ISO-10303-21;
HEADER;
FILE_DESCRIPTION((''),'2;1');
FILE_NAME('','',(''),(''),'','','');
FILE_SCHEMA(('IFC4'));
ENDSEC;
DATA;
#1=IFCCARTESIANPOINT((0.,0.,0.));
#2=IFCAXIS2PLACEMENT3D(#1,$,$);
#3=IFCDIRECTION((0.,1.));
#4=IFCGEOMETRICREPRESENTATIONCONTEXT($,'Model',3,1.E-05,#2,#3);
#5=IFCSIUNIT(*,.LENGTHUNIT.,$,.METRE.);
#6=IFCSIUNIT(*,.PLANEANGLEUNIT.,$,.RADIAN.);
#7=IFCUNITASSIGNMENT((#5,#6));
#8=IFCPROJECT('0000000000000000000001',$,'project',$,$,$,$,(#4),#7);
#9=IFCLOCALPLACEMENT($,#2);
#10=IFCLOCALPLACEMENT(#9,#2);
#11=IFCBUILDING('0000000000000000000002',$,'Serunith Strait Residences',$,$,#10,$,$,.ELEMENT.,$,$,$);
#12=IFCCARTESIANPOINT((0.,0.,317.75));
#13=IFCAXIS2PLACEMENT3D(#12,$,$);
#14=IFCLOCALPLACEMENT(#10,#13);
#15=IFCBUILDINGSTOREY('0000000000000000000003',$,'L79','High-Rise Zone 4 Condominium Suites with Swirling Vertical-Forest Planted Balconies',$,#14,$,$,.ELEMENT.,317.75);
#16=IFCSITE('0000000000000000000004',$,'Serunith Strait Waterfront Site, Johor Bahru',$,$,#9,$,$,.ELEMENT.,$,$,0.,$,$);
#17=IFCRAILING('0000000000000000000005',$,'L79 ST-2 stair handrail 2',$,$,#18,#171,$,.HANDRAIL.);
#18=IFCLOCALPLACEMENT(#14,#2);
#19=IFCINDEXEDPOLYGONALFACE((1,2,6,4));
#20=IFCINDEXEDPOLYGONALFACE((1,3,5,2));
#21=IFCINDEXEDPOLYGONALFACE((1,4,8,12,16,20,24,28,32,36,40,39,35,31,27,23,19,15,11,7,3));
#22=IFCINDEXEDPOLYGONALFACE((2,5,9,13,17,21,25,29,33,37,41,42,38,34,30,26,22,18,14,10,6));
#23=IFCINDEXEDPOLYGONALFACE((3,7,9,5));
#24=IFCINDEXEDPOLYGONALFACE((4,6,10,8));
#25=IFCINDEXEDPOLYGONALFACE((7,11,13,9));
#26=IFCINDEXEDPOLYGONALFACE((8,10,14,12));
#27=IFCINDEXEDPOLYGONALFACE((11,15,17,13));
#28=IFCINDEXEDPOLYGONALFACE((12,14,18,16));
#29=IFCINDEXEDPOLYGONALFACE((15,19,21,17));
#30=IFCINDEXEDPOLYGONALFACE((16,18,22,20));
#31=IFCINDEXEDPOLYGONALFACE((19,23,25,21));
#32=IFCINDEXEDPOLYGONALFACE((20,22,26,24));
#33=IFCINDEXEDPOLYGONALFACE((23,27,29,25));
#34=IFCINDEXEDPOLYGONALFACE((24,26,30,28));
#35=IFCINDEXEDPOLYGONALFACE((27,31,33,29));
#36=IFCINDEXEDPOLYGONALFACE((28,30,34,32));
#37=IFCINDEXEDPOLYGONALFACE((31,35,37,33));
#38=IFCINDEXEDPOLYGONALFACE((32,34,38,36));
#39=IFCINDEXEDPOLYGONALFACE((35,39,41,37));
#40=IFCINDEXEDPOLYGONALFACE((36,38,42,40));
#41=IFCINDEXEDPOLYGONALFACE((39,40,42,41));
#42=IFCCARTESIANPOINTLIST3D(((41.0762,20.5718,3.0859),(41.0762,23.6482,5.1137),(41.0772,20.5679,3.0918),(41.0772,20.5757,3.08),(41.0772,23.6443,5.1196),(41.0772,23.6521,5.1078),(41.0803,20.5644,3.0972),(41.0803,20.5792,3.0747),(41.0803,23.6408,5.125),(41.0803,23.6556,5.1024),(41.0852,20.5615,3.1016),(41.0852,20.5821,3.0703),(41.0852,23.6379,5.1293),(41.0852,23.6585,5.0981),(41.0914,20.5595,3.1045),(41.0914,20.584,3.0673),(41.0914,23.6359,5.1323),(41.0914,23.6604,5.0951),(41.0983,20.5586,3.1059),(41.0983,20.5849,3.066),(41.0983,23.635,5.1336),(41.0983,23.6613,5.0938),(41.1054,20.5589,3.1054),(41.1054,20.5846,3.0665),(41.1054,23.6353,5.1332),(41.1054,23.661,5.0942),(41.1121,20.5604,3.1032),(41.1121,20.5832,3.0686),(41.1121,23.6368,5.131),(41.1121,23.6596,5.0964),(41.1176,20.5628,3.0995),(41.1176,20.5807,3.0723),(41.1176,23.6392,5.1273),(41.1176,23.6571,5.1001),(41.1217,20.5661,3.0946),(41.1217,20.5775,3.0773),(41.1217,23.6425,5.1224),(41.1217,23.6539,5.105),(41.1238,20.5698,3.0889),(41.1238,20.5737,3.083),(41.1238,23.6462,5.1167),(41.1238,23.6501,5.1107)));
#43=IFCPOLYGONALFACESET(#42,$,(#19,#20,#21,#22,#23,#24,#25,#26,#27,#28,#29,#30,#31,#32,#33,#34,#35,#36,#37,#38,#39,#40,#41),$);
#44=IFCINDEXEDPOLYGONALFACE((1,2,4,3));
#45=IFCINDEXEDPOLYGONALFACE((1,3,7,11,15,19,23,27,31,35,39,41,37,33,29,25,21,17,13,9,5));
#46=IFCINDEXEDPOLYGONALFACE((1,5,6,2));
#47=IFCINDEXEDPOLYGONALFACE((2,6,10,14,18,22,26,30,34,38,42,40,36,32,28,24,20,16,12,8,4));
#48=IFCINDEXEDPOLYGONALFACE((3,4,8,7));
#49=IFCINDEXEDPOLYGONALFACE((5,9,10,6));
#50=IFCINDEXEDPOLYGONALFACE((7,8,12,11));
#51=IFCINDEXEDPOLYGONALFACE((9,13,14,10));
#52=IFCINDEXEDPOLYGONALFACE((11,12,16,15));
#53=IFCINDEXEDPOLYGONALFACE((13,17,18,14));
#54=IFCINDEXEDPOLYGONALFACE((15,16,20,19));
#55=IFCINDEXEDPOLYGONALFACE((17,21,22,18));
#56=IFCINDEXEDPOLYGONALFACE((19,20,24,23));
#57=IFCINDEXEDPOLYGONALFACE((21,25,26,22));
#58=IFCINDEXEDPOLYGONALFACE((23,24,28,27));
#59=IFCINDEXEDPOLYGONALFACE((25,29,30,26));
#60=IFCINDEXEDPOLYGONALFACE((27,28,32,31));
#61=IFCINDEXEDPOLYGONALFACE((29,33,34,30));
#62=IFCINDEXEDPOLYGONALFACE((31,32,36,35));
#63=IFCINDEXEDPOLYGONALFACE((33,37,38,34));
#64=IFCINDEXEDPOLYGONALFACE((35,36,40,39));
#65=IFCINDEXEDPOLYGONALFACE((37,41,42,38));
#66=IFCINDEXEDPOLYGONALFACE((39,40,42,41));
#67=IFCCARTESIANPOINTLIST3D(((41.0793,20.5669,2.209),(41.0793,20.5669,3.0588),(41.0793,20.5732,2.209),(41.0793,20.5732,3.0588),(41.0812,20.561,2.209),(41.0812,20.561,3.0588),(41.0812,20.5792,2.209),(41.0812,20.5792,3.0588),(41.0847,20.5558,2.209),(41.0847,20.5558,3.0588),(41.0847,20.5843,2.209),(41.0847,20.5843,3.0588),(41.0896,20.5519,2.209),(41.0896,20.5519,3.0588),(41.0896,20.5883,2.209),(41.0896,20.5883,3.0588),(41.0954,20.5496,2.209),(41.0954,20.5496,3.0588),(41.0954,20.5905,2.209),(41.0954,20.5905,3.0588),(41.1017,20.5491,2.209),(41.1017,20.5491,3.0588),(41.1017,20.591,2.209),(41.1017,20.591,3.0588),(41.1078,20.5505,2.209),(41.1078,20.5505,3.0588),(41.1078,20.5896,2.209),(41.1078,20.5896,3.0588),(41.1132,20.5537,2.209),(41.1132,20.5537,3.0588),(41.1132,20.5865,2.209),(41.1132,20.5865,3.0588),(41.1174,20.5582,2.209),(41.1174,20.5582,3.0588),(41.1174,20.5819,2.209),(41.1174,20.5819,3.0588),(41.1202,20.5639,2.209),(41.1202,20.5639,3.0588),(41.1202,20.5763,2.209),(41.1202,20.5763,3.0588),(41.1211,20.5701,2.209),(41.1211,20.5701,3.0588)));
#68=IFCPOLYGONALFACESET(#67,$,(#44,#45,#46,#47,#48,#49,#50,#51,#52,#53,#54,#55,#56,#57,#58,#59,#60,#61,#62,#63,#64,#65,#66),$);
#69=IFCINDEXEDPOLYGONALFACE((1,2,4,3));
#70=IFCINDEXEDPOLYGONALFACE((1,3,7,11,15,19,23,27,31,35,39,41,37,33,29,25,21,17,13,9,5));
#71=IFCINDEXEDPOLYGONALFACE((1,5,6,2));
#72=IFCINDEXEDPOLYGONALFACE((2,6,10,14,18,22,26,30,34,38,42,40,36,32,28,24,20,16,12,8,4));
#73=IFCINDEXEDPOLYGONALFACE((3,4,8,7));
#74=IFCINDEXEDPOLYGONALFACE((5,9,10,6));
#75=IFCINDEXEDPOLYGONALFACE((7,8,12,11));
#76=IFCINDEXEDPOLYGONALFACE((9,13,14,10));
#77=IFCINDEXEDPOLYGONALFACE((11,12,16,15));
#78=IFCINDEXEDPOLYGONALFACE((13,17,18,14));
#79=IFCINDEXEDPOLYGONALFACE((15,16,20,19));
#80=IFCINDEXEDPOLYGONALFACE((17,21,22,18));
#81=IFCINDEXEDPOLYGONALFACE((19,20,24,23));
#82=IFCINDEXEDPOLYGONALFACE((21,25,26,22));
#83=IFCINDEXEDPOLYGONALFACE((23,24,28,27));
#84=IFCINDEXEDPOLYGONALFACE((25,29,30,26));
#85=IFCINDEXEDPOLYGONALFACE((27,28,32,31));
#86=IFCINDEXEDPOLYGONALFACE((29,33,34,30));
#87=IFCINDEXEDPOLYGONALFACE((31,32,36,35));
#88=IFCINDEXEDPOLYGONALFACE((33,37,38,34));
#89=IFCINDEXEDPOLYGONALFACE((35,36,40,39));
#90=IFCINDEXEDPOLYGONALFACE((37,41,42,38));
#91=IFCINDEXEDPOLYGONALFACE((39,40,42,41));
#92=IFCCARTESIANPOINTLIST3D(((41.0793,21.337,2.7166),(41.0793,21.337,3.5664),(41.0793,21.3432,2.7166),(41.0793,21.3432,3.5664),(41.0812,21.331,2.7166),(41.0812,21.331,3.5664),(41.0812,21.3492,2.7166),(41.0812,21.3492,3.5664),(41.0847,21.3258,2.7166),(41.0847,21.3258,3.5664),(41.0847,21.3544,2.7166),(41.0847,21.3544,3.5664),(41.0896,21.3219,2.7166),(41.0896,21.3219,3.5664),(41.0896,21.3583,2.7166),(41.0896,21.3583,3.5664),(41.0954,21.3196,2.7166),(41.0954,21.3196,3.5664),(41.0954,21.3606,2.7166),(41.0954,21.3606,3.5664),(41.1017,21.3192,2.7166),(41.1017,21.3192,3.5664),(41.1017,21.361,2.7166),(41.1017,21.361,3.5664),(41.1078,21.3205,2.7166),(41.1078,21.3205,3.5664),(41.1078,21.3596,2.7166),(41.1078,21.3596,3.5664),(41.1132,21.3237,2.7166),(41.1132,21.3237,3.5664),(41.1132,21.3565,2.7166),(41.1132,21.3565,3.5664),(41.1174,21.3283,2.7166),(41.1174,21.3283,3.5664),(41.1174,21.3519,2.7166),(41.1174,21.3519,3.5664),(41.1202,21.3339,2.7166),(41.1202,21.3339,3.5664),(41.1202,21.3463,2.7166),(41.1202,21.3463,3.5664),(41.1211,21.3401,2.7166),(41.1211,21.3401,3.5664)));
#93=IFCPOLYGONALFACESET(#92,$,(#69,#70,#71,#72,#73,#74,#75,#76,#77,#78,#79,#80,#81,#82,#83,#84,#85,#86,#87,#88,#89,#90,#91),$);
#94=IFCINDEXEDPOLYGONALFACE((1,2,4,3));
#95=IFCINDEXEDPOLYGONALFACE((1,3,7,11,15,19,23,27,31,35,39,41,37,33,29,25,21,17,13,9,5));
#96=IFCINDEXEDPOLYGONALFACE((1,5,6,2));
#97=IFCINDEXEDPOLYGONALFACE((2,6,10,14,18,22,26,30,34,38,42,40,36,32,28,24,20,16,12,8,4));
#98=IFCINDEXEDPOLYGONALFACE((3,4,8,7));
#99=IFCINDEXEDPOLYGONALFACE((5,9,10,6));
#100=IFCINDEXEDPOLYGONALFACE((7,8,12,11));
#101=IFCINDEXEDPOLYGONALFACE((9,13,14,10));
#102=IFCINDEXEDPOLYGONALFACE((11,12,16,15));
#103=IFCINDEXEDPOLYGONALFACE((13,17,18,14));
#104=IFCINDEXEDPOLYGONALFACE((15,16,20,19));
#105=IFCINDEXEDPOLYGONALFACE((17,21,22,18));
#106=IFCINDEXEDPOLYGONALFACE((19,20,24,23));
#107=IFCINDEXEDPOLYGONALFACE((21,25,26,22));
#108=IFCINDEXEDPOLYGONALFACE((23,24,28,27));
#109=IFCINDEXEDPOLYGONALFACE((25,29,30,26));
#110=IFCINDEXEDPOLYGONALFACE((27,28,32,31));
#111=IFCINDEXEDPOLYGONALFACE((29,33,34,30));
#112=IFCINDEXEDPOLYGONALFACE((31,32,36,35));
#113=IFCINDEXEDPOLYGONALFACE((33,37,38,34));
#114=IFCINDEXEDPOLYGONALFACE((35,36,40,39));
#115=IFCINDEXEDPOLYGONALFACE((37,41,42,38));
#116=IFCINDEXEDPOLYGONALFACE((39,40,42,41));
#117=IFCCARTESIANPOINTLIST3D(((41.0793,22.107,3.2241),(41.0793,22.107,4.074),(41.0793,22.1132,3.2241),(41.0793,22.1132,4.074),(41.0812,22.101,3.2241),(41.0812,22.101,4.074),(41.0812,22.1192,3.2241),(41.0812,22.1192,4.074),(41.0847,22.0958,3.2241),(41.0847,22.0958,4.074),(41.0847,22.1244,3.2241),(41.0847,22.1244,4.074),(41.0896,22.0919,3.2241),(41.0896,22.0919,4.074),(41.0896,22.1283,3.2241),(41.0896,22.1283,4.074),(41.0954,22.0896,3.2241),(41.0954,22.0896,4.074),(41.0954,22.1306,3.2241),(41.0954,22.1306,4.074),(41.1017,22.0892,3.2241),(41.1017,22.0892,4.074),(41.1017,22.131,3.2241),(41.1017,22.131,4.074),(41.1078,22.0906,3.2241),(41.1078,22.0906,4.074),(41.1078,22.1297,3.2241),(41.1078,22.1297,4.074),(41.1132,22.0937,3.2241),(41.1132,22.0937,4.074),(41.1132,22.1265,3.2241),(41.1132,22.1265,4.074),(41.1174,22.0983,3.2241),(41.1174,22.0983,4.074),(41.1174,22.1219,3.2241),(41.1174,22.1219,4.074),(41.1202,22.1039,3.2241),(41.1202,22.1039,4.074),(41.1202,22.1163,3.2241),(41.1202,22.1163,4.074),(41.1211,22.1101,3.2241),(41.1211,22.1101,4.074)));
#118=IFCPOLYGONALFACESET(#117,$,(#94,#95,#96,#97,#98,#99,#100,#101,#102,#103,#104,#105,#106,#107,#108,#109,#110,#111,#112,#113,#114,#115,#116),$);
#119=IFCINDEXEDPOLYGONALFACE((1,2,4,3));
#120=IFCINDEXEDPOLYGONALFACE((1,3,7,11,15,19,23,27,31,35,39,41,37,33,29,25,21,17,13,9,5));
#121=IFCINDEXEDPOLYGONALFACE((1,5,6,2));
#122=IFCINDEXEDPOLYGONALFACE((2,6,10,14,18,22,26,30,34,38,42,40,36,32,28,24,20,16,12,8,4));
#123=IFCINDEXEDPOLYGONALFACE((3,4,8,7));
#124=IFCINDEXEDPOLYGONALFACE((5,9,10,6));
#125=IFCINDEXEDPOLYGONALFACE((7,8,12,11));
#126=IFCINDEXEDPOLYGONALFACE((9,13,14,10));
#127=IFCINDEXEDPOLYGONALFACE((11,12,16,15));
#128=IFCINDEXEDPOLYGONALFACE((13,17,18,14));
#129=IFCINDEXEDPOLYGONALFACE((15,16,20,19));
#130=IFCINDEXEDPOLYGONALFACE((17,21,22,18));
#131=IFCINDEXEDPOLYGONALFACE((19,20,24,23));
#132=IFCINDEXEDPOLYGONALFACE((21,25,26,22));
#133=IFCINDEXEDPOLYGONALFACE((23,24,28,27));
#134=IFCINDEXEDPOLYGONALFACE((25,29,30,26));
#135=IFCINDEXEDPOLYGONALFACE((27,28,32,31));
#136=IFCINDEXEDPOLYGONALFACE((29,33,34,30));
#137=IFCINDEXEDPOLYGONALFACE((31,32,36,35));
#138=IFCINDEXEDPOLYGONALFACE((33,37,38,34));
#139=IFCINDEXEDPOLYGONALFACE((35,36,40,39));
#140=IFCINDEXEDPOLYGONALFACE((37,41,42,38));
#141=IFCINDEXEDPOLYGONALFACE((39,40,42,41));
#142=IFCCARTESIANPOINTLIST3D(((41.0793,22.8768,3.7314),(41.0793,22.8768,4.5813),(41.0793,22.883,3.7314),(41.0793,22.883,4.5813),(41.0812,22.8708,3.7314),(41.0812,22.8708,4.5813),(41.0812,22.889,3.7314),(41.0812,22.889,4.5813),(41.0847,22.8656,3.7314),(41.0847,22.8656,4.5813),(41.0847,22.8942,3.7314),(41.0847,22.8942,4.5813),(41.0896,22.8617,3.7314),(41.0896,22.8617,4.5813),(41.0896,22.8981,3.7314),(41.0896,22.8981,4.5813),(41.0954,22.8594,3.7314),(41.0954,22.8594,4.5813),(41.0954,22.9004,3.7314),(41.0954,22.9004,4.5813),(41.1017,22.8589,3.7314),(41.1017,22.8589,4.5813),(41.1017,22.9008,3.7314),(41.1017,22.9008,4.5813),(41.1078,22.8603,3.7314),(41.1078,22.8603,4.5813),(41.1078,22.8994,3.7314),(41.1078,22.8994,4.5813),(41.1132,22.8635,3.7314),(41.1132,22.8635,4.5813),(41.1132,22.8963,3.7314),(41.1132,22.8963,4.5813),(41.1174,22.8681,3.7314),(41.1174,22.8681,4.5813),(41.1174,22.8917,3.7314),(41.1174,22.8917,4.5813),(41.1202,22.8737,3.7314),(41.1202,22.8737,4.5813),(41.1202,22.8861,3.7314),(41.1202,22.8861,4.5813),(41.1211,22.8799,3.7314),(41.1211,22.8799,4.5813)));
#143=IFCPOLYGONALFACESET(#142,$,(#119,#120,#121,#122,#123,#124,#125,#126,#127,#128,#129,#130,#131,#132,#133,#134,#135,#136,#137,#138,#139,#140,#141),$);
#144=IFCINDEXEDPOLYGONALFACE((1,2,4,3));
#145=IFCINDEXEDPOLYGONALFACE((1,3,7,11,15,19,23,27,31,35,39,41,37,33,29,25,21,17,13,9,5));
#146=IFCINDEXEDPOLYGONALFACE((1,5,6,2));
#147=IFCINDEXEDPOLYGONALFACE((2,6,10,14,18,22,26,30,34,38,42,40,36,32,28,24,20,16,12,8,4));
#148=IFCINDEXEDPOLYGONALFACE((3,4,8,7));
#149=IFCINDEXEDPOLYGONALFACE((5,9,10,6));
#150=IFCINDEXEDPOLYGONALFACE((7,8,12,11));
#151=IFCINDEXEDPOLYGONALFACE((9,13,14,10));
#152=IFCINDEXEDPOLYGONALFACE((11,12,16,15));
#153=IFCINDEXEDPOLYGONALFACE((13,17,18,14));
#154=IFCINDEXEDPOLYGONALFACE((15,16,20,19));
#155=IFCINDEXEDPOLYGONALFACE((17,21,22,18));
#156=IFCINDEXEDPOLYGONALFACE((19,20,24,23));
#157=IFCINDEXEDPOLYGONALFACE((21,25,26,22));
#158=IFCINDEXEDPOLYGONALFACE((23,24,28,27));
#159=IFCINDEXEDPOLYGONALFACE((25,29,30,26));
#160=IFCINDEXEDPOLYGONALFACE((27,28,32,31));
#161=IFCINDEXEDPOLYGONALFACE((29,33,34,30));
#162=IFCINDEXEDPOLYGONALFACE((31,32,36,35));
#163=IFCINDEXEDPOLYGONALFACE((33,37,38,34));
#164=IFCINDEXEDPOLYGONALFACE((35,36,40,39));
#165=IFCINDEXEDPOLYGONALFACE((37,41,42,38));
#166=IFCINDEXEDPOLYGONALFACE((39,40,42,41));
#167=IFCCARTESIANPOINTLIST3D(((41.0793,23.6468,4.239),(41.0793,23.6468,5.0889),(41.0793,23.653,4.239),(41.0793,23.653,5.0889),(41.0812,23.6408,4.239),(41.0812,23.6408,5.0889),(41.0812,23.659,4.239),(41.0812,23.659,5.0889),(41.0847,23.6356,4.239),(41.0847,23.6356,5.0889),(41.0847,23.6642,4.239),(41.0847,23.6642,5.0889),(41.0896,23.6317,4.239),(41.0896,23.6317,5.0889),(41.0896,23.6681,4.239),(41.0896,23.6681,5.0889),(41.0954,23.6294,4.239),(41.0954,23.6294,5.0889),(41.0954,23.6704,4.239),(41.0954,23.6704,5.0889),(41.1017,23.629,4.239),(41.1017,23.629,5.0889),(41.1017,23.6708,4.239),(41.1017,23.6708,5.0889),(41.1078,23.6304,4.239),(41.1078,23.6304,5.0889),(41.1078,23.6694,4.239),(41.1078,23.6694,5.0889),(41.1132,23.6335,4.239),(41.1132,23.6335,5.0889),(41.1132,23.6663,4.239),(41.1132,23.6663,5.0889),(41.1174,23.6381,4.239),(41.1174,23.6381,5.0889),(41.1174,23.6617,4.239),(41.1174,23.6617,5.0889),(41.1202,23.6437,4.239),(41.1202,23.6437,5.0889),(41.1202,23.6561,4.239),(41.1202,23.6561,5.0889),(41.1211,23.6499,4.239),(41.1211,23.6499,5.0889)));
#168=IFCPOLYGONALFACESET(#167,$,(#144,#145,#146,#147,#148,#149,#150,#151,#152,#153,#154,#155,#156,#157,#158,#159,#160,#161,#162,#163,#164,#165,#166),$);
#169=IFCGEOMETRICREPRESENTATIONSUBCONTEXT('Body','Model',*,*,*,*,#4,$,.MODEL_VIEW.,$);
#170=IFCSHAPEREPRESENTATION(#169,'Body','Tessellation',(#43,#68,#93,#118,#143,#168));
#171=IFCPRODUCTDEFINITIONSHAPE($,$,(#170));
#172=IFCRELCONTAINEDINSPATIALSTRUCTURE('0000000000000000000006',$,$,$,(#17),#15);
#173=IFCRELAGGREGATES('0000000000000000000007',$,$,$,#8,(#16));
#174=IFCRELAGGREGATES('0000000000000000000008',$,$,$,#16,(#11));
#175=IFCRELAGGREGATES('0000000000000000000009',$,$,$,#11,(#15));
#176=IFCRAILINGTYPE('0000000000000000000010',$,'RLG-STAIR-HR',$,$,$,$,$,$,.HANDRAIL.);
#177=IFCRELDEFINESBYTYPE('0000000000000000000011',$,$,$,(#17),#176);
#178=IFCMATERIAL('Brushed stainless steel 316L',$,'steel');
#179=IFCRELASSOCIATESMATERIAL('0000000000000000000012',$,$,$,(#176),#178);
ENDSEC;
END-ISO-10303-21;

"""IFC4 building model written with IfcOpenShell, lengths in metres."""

from ifc_helpers import new_model, si_unit, direction, frame, origin, origin_2d, place, context, subcontext, project, spatial, circle, extrude, material, type_object, element, save


model = new_model("IFC4")

# Units and contexts
model_context = context("Model", 3, precision=1e-05, world=origin(), true_north=direction((0.0, 1.0)))
body_context = subcontext(model_context, "Body", "Model", "MODEL_VIEW")
ifc_project = project(units=[si_unit("LENGTHUNIT", "METRE"), si_unit("PLANEANGLEUNIT", "RADIAN")], contexts=[model_context])

# Site, building, storey
site_placement = place(None, origin())
site = spatial("IfcSite", under=ifc_project, at=site_placement, Name="Serunith Strait Waterfront Site, Johor Bahru", CompositionType="ELEMENT", RefElevation=0.0)
building_placement = place(site_placement, origin())
building = spatial("IfcBuilding", under=site, at=building_placement, Name="Serunith Strait Residences", CompositionType="ELEMENT")
storey_placement = place(building_placement, frame((0.0, 0.0, 317.75)))
storey = spatial("IfcBuildingStorey", under=building, at=storey_placement, Name="L79", Description="High-Rise Zone 4 Condominium Suites with Swirling Vertical-Forest Planted Balconies", CompositionType="ELEMENT", Elevation=317.75)

# Railing
ifc_material_1 = material(Name="Brushed stainless steel 316L", Category="steel")
railing_type_1 = type_object("IfcRailingType", Name="RLG-STAIR-HR", PredefinedType="HANDRAIL", material=ifc_material_1)
railing_1_placement = place(storey_placement, frame((41.1001, 20.5701, 2.209)))
element("IfcRailing", 1, at=railing_1_placement, inside=storey, type_object=railing_type_1, Name="L79 ST-2 stair handrail 2", PredefinedType="HANDRAIL", context=body_context, shape_type="SweptSolid", body=[
    extrude(circle(Radius=0.0239, at=origin_2d()), frame((0.0, 0.0017, 0.877), z_axis=(0.0, 0.834941, 0.55034), x_axis=(-1.0, 0.0, 0.0)), (0.0, 0.0, 1.0), 3.6846),
    extrude(circle(Radius=0.021, at=origin_2d()), origin(), (0.0, 0.0, 1.0), 0.8499),
    extrude(circle(Radius=0.021, at=origin_2d()), frame((0.0, 0.77, 0.5076)), (0.0, 0.0, 1.0), 0.8499),
    extrude(circle(Radius=0.021, at=origin_2d()), frame((0.0, 1.54, 1.0151)), (0.0, 0.0, 1.0), 0.8499),
    extrude(circle(Radius=0.021, at=origin_2d()), frame((0.0, 2.3098, 1.5225)), (0.0, 0.0, 1.0), 0.8499),
    extrude(circle(Radius=0.021, at=origin_2d()), frame((0.0, 3.0798, 2.03)), (0.0, 0.0, 1.0), 0.8499),
])

save(model, "model.ifc")
